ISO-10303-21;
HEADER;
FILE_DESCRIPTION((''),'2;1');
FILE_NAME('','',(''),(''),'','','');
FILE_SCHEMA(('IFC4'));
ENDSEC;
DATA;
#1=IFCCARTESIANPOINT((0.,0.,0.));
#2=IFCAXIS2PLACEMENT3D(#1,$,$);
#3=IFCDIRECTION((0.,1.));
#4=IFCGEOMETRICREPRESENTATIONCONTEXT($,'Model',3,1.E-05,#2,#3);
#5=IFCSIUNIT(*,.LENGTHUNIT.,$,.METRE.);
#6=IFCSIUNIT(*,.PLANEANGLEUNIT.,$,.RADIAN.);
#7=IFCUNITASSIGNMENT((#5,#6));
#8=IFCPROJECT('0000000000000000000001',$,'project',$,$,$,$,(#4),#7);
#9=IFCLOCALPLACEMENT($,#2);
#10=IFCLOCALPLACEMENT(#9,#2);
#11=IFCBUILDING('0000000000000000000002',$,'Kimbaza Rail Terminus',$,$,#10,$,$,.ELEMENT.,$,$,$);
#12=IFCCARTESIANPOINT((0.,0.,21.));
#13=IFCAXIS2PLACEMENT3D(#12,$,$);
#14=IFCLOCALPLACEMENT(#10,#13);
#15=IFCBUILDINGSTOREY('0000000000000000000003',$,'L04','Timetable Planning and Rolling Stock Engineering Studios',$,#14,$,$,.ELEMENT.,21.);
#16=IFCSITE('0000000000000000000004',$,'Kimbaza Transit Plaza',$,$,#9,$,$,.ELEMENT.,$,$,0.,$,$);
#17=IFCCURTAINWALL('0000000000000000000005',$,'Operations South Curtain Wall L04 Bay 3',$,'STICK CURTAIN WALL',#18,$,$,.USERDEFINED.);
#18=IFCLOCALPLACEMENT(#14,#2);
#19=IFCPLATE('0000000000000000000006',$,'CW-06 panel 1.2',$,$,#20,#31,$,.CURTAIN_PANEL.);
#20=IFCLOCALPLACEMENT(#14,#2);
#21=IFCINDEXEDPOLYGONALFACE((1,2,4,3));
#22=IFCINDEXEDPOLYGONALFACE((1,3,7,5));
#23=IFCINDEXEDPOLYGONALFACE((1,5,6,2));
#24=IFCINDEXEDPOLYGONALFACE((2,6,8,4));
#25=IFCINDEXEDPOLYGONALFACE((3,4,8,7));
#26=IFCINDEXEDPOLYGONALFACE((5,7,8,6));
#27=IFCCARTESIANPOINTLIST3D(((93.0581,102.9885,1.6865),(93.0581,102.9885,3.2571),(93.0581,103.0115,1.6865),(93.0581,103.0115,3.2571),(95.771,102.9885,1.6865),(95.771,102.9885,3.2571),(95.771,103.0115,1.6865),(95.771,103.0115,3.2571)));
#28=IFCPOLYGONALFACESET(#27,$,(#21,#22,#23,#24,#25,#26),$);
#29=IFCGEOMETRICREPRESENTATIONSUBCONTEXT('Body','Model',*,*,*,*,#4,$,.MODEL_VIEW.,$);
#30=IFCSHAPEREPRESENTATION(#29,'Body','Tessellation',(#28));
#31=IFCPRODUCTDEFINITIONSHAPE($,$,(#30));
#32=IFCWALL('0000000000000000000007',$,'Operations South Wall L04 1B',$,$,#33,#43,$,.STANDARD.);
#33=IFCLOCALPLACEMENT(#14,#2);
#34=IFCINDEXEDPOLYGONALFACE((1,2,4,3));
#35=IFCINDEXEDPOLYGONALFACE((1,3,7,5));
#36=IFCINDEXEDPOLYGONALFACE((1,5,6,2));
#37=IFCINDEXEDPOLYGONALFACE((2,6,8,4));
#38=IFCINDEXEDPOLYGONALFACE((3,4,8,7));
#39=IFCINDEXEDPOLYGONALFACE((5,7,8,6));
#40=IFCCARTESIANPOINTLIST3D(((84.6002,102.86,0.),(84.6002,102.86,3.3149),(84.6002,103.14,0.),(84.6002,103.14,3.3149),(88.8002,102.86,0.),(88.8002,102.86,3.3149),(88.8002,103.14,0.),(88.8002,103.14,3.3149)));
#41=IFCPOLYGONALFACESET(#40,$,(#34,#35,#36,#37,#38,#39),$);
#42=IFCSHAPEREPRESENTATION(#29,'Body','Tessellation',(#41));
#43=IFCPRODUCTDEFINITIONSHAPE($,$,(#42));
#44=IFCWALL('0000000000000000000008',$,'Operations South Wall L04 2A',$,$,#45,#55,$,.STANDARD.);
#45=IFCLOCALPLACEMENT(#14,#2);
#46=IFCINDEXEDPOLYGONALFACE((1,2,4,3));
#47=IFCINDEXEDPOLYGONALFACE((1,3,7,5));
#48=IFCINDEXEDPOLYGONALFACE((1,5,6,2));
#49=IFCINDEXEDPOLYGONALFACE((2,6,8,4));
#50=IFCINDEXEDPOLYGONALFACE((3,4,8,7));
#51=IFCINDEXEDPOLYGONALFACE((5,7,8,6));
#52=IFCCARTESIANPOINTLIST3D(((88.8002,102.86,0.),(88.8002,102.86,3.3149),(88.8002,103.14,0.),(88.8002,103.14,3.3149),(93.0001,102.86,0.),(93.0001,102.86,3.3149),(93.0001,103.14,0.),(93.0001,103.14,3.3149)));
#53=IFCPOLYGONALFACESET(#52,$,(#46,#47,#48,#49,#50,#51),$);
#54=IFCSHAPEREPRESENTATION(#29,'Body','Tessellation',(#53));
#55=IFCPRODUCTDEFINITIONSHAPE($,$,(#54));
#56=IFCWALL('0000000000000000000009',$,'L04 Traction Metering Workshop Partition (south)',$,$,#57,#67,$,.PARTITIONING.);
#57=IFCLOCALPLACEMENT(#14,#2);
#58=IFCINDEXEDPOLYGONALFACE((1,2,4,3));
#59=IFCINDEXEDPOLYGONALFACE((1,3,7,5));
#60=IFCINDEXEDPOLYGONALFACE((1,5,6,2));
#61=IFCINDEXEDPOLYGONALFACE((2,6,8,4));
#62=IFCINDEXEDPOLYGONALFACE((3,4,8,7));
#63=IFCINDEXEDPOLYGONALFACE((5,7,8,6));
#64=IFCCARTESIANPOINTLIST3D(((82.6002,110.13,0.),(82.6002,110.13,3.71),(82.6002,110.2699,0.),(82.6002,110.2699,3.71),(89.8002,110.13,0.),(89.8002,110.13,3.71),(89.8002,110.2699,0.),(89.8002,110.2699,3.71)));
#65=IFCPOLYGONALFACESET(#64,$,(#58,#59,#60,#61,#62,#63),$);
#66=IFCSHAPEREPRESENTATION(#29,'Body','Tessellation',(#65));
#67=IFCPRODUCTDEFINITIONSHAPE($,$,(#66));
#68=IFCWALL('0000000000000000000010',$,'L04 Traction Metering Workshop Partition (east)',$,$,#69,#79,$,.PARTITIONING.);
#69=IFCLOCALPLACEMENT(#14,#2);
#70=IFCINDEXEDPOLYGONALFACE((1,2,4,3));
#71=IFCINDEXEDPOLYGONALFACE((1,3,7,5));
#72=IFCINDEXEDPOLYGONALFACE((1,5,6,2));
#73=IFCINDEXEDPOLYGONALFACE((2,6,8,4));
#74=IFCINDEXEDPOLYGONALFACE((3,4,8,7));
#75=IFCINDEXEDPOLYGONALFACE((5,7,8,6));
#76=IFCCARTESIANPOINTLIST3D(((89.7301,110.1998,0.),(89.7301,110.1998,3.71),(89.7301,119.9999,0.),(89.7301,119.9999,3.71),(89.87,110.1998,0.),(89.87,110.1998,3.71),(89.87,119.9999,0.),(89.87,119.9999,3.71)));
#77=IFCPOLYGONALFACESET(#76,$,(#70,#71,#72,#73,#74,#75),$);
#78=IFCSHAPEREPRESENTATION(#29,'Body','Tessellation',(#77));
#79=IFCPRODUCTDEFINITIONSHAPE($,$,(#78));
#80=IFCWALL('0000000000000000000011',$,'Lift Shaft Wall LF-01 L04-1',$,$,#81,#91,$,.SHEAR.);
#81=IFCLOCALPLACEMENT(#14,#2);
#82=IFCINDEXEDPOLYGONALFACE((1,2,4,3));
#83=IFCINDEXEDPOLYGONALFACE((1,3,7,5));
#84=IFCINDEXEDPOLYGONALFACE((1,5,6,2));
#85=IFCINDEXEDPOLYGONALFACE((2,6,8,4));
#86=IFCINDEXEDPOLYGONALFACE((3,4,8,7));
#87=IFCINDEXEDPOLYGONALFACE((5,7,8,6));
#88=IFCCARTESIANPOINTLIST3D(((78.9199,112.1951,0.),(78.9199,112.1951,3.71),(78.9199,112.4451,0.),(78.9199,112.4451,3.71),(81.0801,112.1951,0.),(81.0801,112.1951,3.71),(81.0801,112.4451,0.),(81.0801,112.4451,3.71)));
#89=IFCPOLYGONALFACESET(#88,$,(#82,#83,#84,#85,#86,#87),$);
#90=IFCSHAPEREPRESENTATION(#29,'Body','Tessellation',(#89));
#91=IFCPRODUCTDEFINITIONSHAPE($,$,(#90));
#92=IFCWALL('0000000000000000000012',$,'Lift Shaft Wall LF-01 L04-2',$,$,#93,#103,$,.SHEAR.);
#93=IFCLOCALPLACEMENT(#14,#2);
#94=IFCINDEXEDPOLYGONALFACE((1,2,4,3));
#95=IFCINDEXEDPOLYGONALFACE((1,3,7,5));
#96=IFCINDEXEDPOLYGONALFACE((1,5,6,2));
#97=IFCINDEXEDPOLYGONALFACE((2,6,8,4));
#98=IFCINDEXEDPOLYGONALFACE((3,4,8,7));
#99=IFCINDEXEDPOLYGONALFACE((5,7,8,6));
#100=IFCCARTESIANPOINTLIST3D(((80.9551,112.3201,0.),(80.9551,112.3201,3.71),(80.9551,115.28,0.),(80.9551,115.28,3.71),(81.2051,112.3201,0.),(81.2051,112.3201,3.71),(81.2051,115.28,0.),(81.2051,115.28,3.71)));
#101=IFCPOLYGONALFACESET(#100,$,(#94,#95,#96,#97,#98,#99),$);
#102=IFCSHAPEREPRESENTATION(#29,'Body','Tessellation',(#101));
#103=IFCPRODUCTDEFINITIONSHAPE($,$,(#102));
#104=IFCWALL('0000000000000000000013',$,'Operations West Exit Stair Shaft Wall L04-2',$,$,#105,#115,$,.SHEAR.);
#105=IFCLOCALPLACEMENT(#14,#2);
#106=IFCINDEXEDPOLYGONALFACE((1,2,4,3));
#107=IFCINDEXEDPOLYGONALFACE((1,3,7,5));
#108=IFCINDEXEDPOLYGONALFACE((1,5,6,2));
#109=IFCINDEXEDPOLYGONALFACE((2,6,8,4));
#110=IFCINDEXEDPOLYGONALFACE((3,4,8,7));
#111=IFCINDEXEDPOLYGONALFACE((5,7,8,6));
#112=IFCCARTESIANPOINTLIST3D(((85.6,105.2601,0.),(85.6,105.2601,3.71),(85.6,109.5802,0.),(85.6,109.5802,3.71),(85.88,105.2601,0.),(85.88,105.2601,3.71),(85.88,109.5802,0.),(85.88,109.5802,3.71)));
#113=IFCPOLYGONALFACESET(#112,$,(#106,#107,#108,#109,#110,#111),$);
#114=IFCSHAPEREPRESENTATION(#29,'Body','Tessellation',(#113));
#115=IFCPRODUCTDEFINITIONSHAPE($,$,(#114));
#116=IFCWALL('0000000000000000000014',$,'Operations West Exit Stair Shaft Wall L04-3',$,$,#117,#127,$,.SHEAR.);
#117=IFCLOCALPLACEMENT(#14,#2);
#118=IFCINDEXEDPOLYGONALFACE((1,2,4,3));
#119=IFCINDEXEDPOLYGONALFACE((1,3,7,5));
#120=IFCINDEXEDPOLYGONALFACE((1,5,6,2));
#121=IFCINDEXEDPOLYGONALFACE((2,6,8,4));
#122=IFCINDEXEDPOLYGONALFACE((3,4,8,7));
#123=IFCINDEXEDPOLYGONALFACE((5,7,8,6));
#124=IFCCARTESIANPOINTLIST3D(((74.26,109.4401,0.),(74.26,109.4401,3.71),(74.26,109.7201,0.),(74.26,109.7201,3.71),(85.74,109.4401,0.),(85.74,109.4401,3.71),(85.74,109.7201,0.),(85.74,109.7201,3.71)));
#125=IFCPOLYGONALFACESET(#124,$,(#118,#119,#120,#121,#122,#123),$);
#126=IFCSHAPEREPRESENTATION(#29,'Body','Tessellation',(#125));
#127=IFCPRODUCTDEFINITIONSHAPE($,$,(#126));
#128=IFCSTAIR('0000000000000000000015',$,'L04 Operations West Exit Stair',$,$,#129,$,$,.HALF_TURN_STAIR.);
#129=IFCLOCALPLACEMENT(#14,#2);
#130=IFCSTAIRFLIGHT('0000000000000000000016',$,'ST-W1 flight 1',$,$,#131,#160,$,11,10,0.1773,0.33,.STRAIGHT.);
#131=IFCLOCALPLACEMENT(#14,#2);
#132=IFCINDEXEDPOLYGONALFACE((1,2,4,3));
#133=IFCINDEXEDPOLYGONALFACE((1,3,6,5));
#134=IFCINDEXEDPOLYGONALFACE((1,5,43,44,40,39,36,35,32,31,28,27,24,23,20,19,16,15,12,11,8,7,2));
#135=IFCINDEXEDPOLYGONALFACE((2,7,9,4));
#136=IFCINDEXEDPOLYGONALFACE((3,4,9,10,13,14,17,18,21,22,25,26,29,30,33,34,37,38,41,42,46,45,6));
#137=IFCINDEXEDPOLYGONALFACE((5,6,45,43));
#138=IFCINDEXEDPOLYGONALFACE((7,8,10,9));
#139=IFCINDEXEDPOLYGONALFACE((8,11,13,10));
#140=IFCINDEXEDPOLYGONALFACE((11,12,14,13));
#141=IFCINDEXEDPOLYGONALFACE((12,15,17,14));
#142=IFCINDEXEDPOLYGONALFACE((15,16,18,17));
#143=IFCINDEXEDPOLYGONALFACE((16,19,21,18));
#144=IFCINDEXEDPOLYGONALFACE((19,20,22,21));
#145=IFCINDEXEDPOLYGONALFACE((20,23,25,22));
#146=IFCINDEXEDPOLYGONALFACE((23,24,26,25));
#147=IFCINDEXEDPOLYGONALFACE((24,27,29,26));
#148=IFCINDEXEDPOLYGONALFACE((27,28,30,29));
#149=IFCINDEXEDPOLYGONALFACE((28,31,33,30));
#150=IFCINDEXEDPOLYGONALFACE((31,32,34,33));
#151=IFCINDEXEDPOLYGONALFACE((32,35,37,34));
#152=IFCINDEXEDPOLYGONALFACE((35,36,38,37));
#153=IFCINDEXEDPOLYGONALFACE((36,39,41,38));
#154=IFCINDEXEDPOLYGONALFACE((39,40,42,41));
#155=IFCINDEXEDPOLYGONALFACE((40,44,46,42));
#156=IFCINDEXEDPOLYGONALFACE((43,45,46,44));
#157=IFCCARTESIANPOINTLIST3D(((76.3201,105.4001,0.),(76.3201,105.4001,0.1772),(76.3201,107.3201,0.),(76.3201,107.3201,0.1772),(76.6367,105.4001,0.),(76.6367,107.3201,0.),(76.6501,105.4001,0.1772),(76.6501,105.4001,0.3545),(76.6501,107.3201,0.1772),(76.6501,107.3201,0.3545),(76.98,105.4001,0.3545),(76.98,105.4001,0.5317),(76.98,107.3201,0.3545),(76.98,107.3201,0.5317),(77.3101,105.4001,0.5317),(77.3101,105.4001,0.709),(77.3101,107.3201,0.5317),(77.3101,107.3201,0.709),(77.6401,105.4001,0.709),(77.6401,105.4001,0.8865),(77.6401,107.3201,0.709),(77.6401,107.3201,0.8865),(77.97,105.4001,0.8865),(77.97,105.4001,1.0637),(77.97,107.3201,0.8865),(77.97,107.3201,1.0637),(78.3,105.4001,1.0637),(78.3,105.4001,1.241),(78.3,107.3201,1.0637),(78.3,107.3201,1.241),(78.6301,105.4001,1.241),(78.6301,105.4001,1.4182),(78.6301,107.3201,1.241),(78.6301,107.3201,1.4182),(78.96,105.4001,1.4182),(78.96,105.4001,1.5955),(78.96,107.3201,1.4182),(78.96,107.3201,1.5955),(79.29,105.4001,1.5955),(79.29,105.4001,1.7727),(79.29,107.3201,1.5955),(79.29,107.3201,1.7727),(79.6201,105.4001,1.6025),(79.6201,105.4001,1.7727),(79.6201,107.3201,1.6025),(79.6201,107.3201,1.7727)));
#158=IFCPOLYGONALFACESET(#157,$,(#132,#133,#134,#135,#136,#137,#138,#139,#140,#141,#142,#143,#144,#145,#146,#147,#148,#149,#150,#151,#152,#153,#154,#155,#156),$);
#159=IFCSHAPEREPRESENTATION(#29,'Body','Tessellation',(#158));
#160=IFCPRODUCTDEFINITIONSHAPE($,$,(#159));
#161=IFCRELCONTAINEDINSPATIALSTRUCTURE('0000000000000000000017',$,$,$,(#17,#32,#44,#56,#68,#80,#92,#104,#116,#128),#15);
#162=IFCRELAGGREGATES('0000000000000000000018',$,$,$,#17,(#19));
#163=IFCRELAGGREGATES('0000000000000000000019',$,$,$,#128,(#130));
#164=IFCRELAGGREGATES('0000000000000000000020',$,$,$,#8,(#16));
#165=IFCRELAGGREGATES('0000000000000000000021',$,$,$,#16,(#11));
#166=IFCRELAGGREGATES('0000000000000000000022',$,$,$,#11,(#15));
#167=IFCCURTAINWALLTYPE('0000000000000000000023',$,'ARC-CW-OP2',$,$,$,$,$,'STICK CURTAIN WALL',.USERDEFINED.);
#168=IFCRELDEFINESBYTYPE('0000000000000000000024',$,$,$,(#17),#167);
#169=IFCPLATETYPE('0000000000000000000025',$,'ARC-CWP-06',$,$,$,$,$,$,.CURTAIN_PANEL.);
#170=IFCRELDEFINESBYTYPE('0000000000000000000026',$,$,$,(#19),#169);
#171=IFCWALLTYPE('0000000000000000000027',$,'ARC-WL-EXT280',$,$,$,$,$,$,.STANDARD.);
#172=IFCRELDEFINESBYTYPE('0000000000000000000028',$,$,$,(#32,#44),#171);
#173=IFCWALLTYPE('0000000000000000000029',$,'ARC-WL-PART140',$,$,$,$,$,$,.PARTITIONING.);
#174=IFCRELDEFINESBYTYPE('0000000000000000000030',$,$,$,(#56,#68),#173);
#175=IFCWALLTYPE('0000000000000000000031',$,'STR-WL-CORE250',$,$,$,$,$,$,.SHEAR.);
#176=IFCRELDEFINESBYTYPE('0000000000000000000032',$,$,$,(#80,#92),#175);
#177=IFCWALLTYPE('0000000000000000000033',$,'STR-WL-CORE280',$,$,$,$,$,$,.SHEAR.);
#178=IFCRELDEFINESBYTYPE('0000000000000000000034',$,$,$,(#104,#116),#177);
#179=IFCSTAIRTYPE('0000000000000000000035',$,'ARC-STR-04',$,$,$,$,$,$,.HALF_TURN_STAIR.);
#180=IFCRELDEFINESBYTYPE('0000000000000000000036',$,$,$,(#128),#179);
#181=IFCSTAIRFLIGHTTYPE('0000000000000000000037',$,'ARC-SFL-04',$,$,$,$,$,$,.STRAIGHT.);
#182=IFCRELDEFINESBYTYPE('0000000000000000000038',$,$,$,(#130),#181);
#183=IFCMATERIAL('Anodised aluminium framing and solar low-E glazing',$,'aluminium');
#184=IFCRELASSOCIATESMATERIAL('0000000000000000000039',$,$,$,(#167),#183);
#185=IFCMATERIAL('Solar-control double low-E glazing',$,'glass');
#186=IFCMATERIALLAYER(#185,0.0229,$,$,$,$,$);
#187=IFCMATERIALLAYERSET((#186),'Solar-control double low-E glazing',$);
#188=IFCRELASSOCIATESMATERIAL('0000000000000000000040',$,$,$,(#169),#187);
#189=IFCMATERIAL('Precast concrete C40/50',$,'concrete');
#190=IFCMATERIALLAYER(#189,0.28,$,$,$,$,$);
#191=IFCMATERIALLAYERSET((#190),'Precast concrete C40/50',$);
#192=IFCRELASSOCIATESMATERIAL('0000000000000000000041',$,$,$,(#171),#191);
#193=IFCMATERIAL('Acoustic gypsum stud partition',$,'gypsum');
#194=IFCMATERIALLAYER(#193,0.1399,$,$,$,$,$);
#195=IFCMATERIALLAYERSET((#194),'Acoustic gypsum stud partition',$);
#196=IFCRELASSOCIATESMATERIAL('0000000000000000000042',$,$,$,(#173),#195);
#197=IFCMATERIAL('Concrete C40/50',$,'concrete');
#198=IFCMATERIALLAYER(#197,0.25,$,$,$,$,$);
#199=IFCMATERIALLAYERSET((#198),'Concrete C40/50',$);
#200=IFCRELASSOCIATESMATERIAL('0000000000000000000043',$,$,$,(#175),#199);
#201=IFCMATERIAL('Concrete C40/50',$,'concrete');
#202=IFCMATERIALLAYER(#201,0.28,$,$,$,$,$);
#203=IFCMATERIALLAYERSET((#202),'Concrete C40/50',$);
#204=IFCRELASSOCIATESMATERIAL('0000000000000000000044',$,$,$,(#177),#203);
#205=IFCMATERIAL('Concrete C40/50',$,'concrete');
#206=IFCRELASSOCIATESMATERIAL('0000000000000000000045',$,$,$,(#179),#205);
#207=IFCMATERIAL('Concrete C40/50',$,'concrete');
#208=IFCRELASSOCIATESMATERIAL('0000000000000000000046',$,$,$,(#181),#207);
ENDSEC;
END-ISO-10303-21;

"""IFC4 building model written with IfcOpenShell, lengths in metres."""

from ifc_helpers import new_model, si_unit, direction, frame, frame_2d, origin, origin_2d, place, context, subcontext, project, spatial, polyline, rectangle, outline, extrude, material, layer, layer_set, type_object, element, aggregate, save


model = new_model("IFC4")

# Units and contexts
model_context = context("Model", 3, precision=1e-05, world=origin(), true_north=direction((0.0, 1.0)))
body_context = subcontext(model_context, "Body", "Model", "MODEL_VIEW")
ifc_project = project(units=[si_unit("LENGTHUNIT", "METRE"), si_unit("PLANEANGLEUNIT", "RADIAN")], contexts=[model_context])

# Site, building, storey
site_placement = place(None, origin())
site = spatial("IfcSite", under=ifc_project, at=site_placement, Name="Kimbaza Transit Plaza", CompositionType="ELEMENT", RefElevation=0.0)
building_placement = place(site_placement, origin())
building = spatial("IfcBuilding", under=site, at=building_placement, Name="Kimbaza Rail Terminus", CompositionType="ELEMENT")
storey_placement = place(building_placement, frame((0.0, 0.0, 21.0)))
storey = spatial("IfcBuildingStorey", under=building, at=storey_placement, Name="L04", Description="Timetable Planning and Rolling Stock Engineering Studios", CompositionType="ELEMENT", Elevation=21.0)

# Shared definitions
ifc_material_1 = material(Name="Anodised aluminium framing and solar low-E glazing", Category="aluminium")
curtain_wall_type = type_object("IfcCurtainWallType", Name="ARC-CW-OP2", ElementType="STICK CURTAIN WALL", PredefinedType="USERDEFINED", material=ifc_material_1)

# Curtain wall
curtain_wall_1_placement = place(storey_placement, origin())
curtain_wall_1 = element("IfcCurtainWall", 1, at=curtain_wall_1_placement, inside=storey, type_object=curtain_wall_type, Name="Operations South Curtain Wall L04 Bay 3", ObjectType="STICK CURTAIN WALL", PredefinedType="USERDEFINED")

# Plate
ifc_material_2 = material(Name="Solar-control double low-E glazing", Category="glass")
ifc_layer_1 = layer(ifc_material_2, 0.0229)
ifc_layer_set_1 = layer_set([ifc_layer_1], Name="Solar-control double low-E glazing")
plate_type = type_object("IfcPlateType", Name="ARC-CWP-06", PredefinedType="CURTAIN_PANEL", material=ifc_layer_set_1)
plate_1_placement = place(storey_placement, frame((94.4146, 103.0, 1.6865), z_axis=(0.0, 0.0, 1.0), x_axis=(1.0, 0.0, 0.0)))
plate_1 = element("IfcPlate", 2, at=plate_1_placement, type_object=plate_type, Name="CW-06 panel 1.2", PredefinedType="CURTAIN_PANEL", context=body_context, shape_type="SweptSolid", body=[
    extrude(rectangle(XDim=2.7129, YDim=0.0229, at=origin_2d()), origin(), (0.0, 0.0, 1.0), 1.5706),
])
aggregate(curtain_wall_1, [plate_1])

# Walls
ifc_material_3 = material(Name="Precast concrete C40/50", Category="concrete")
ifc_layer_2 = layer(ifc_material_3, 0.28)
ifc_layer_set_2 = layer_set([ifc_layer_2], Name="Precast concrete C40/50")
wall_type_1 = type_object("IfcWallType", Name="ARC-WL-EXT280", PredefinedType="STANDARD", material=ifc_layer_set_2)
for number, where, z_axis, x_axis, name in (
    (3, (84.6001, 103.0, 0.0), (0.0, 0.0, 1.0), (1.0, 0.0, 0.0), "Operations South Wall L04 1B"),
    (4, (88.8, 103.0, 0.0), (0.0, 0.0, 1.0), (1.0, 0.0, 0.0), "Operations South Wall L04 2A"),
):
    element("IfcWall", number, at=place(storey_placement, frame(where, z_axis=z_axis, x_axis=x_axis)), inside=storey, type_object=wall_type_1, Name=name, PredefinedType="STANDARD", context=body_context, shape_type="SweptSolid", body=[
        extrude(rectangle(XDim=4.2, YDim=0.28, at=frame_2d((2.1001, 0.0))), origin(), (0.0, 0.0, 1.0), 3.3149),
    ])
ifc_material_4 = material(Name="Acoustic gypsum stud partition", Category="gypsum")
ifc_layer_3 = layer(ifc_material_4, 0.1399)
ifc_layer_set_3 = layer_set([ifc_layer_3], Name="Acoustic gypsum stud partition")
wall_type_2 = type_object("IfcWallType", Name="ARC-WL-PART140", PredefinedType="PARTITIONING", material=ifc_layer_set_3)
wall_1_placement = place(storey_placement, frame((82.6001, 110.2, 0.0), z_axis=(0.0, 0.0, 1.0), x_axis=(1.0, 0.0, 0.0)))
element("IfcWall", 5, at=wall_1_placement, inside=storey, type_object=wall_type_2, Name="L04 Traction Metering Workshop Partition (south)", PredefinedType="PARTITIONING", context=body_context, shape_type="SweptSolid", body=[
    extrude(rectangle(XDim=7.2, YDim=0.1399, at=frame_2d((3.6001, 0.0))), origin(), (0.0, 0.0, 1.0), 3.71),
])
wall_2_placement = place(storey_placement, frame((89.8, 110.2, 0.0), z_axis=(0.0, 0.0, 1.0), x_axis=(0.0, 1.0, 0.0)))
element("IfcWall", 6, at=wall_2_placement, inside=storey, type_object=wall_type_2, Name="L04 Traction Metering Workshop Partition (east)", PredefinedType="PARTITIONING", context=body_context, shape_type="SweptSolid", body=[
    extrude(rectangle(XDim=9.8, YDim=0.1399, at=frame_2d((4.8999, 0.0))), origin(), (0.0, 0.0, 1.0), 3.71),
])
ifc_material_5 = material(Name="Concrete C40/50", Category="concrete")
ifc_layer_4 = layer(ifc_material_5, 0.25)
ifc_layer_set_4 = layer_set([ifc_layer_4], Name="Concrete C40/50")
wall_type_3 = type_object("IfcWallType", Name="STR-WL-CORE250", PredefinedType="SHEAR", material=ifc_layer_set_4)
wall_3_placement = place(storey_placement, frame((78.9199, 112.3201, 0.0), z_axis=(0.0, 0.0, 1.0), x_axis=(1.0, 0.0, 0.0)))
element("IfcWall", 7, at=wall_3_placement, inside=storey, type_object=wall_type_3, Name="Lift Shaft Wall LF-01 L04-1", PredefinedType="SHEAR", context=body_context, shape_type="SweptSolid", body=[
    extrude(rectangle(XDim=2.1602, YDim=0.25, at=frame_2d((1.0801, 0.0))), origin(), (0.0, 0.0, 1.0), 3.71),
])
wall_4_placement = place(storey_placement, frame((81.0801, 112.3201, 0.0), z_axis=(0.0, 0.0, 1.0), x_axis=(0.0, 1.0, 0.0)))
element("IfcWall", 8, at=wall_4_placement, inside=storey, type_object=wall_type_3, Name="Lift Shaft Wall LF-01 L04-2", PredefinedType="SHEAR", context=body_context, shape_type="SweptSolid", body=[
    extrude(rectangle(XDim=2.96, YDim=0.25, at=frame_2d((1.48, 0.0))), origin(), (0.0, 0.0, 1.0), 3.71),
])
ifc_material_6 = material(Name="Concrete C40/50", Category="concrete")
ifc_layer_5 = layer(ifc_material_6, 0.28)
ifc_layer_set_5 = layer_set([ifc_layer_5], Name="Concrete C40/50")
wall_type_4 = type_object("IfcWallType", Name="STR-WL-CORE280", PredefinedType="SHEAR", material=ifc_layer_set_5)
wall_5_placement = place(storey_placement, frame((85.74, 105.26, 0.0), z_axis=(0.0, 0.0, 1.0), x_axis=(0.0, 1.0, 0.0)))
element("IfcWall", 9, at=wall_5_placement, inside=storey, type_object=wall_type_4, Name="Operations West Exit Stair Shaft Wall L04-2", PredefinedType="SHEAR", context=body_context, shape_type="SweptSolid", body=[
    extrude(rectangle(XDim=4.3201, YDim=0.28, at=frame_2d((2.1602, 0.0))), origin(), (0.0, 0.0, 1.0), 3.71),
])
wall_6_placement = place(storey_placement, frame((85.74, 109.5801, 0.0), z_axis=(0.0, 0.0, 1.0), x_axis=(-1.0, 0.0, 0.0)))
element("IfcWall", 10, at=wall_6_placement, inside=storey, type_object=wall_type_4, Name="Operations West Exit Stair Shaft Wall L04-3", PredefinedType="SHEAR", context=body_context, shape_type="SweptSolid", body=[
    extrude(rectangle(XDim=11.48, YDim=0.28, at=frame_2d((5.74, 0.0))), origin(), (0.0, 0.0, 1.0), 3.71),
])

# Stair, stair flight
ifc_material_7 = material(Name="Concrete C40/50", Category="concrete")
stair_type = type_object("IfcStairType", Name="ARC-STR-04", PredefinedType="HALF_TURN_STAIR", material=ifc_material_7)
stair_placement = place(storey_placement, origin())
stair = element("IfcStair", 11, at=stair_placement, inside=storey, type_object=stair_type, Name="L04 Operations West Exit Stair", PredefinedType="HALF_TURN_STAIR")
ifc_material_8 = material(Name="Concrete C40/50", Category="concrete")
stair_flight_type = type_object("IfcStairFlightType", Name="ARC-SFL-04", PredefinedType="STRAIGHT", material=ifc_material_8)
stair_flight_1_placement = place(storey_placement, frame((76.3201, 106.3601, 0.0), z_axis=(0.0, 0.0, 1.0), x_axis=(1.0, 0.0, 0.0)))
stair_flight_1 = element("IfcStairFlight", 12, at=stair_flight_1_placement, type_object=stair_flight_type, Name="ST-W1 flight 1", NumberOfRisers=11, NumberOfTreads=10, PredefinedType="STRAIGHT", RiserHeight=0.1773, TreadLength=0.33, context=body_context, shape_type="SweptSolid", body=[
    extrude(outline(polyline([(0.0, 0.0), (0.0, 0.1772), (0.3301, 0.1772), (0.3301, 0.3545), (0.6599, 0.3545), (0.6599, 0.5317), (0.99, 0.5317), (0.99, 0.709), (1.3201, 0.709), (1.3201, 0.8865), (1.6499, 0.8865), (1.6499, 1.0637), (1.98, 1.0637), (1.98, 1.241), (2.3101, 1.241), (2.3101, 1.4182), (2.6399, 1.4182), (2.6399, 1.5955), (2.97, 1.5955), (2.97, 1.7727), (3.3, 1.7727), (3.3, 1.95), (3.3, 1.6025), (0.3167, 0.0), (0.0, 0.0)])), frame((0.0, 0.96, 0.0), z_axis=(0.0, -1.0, 0.0), x_axis=(1.0, 0.0, 0.0)), (0.0, 0.0, 1.0), 1.9199),
])
aggregate(stair, [stair_flight_1])

save(model, "model.ifc")
